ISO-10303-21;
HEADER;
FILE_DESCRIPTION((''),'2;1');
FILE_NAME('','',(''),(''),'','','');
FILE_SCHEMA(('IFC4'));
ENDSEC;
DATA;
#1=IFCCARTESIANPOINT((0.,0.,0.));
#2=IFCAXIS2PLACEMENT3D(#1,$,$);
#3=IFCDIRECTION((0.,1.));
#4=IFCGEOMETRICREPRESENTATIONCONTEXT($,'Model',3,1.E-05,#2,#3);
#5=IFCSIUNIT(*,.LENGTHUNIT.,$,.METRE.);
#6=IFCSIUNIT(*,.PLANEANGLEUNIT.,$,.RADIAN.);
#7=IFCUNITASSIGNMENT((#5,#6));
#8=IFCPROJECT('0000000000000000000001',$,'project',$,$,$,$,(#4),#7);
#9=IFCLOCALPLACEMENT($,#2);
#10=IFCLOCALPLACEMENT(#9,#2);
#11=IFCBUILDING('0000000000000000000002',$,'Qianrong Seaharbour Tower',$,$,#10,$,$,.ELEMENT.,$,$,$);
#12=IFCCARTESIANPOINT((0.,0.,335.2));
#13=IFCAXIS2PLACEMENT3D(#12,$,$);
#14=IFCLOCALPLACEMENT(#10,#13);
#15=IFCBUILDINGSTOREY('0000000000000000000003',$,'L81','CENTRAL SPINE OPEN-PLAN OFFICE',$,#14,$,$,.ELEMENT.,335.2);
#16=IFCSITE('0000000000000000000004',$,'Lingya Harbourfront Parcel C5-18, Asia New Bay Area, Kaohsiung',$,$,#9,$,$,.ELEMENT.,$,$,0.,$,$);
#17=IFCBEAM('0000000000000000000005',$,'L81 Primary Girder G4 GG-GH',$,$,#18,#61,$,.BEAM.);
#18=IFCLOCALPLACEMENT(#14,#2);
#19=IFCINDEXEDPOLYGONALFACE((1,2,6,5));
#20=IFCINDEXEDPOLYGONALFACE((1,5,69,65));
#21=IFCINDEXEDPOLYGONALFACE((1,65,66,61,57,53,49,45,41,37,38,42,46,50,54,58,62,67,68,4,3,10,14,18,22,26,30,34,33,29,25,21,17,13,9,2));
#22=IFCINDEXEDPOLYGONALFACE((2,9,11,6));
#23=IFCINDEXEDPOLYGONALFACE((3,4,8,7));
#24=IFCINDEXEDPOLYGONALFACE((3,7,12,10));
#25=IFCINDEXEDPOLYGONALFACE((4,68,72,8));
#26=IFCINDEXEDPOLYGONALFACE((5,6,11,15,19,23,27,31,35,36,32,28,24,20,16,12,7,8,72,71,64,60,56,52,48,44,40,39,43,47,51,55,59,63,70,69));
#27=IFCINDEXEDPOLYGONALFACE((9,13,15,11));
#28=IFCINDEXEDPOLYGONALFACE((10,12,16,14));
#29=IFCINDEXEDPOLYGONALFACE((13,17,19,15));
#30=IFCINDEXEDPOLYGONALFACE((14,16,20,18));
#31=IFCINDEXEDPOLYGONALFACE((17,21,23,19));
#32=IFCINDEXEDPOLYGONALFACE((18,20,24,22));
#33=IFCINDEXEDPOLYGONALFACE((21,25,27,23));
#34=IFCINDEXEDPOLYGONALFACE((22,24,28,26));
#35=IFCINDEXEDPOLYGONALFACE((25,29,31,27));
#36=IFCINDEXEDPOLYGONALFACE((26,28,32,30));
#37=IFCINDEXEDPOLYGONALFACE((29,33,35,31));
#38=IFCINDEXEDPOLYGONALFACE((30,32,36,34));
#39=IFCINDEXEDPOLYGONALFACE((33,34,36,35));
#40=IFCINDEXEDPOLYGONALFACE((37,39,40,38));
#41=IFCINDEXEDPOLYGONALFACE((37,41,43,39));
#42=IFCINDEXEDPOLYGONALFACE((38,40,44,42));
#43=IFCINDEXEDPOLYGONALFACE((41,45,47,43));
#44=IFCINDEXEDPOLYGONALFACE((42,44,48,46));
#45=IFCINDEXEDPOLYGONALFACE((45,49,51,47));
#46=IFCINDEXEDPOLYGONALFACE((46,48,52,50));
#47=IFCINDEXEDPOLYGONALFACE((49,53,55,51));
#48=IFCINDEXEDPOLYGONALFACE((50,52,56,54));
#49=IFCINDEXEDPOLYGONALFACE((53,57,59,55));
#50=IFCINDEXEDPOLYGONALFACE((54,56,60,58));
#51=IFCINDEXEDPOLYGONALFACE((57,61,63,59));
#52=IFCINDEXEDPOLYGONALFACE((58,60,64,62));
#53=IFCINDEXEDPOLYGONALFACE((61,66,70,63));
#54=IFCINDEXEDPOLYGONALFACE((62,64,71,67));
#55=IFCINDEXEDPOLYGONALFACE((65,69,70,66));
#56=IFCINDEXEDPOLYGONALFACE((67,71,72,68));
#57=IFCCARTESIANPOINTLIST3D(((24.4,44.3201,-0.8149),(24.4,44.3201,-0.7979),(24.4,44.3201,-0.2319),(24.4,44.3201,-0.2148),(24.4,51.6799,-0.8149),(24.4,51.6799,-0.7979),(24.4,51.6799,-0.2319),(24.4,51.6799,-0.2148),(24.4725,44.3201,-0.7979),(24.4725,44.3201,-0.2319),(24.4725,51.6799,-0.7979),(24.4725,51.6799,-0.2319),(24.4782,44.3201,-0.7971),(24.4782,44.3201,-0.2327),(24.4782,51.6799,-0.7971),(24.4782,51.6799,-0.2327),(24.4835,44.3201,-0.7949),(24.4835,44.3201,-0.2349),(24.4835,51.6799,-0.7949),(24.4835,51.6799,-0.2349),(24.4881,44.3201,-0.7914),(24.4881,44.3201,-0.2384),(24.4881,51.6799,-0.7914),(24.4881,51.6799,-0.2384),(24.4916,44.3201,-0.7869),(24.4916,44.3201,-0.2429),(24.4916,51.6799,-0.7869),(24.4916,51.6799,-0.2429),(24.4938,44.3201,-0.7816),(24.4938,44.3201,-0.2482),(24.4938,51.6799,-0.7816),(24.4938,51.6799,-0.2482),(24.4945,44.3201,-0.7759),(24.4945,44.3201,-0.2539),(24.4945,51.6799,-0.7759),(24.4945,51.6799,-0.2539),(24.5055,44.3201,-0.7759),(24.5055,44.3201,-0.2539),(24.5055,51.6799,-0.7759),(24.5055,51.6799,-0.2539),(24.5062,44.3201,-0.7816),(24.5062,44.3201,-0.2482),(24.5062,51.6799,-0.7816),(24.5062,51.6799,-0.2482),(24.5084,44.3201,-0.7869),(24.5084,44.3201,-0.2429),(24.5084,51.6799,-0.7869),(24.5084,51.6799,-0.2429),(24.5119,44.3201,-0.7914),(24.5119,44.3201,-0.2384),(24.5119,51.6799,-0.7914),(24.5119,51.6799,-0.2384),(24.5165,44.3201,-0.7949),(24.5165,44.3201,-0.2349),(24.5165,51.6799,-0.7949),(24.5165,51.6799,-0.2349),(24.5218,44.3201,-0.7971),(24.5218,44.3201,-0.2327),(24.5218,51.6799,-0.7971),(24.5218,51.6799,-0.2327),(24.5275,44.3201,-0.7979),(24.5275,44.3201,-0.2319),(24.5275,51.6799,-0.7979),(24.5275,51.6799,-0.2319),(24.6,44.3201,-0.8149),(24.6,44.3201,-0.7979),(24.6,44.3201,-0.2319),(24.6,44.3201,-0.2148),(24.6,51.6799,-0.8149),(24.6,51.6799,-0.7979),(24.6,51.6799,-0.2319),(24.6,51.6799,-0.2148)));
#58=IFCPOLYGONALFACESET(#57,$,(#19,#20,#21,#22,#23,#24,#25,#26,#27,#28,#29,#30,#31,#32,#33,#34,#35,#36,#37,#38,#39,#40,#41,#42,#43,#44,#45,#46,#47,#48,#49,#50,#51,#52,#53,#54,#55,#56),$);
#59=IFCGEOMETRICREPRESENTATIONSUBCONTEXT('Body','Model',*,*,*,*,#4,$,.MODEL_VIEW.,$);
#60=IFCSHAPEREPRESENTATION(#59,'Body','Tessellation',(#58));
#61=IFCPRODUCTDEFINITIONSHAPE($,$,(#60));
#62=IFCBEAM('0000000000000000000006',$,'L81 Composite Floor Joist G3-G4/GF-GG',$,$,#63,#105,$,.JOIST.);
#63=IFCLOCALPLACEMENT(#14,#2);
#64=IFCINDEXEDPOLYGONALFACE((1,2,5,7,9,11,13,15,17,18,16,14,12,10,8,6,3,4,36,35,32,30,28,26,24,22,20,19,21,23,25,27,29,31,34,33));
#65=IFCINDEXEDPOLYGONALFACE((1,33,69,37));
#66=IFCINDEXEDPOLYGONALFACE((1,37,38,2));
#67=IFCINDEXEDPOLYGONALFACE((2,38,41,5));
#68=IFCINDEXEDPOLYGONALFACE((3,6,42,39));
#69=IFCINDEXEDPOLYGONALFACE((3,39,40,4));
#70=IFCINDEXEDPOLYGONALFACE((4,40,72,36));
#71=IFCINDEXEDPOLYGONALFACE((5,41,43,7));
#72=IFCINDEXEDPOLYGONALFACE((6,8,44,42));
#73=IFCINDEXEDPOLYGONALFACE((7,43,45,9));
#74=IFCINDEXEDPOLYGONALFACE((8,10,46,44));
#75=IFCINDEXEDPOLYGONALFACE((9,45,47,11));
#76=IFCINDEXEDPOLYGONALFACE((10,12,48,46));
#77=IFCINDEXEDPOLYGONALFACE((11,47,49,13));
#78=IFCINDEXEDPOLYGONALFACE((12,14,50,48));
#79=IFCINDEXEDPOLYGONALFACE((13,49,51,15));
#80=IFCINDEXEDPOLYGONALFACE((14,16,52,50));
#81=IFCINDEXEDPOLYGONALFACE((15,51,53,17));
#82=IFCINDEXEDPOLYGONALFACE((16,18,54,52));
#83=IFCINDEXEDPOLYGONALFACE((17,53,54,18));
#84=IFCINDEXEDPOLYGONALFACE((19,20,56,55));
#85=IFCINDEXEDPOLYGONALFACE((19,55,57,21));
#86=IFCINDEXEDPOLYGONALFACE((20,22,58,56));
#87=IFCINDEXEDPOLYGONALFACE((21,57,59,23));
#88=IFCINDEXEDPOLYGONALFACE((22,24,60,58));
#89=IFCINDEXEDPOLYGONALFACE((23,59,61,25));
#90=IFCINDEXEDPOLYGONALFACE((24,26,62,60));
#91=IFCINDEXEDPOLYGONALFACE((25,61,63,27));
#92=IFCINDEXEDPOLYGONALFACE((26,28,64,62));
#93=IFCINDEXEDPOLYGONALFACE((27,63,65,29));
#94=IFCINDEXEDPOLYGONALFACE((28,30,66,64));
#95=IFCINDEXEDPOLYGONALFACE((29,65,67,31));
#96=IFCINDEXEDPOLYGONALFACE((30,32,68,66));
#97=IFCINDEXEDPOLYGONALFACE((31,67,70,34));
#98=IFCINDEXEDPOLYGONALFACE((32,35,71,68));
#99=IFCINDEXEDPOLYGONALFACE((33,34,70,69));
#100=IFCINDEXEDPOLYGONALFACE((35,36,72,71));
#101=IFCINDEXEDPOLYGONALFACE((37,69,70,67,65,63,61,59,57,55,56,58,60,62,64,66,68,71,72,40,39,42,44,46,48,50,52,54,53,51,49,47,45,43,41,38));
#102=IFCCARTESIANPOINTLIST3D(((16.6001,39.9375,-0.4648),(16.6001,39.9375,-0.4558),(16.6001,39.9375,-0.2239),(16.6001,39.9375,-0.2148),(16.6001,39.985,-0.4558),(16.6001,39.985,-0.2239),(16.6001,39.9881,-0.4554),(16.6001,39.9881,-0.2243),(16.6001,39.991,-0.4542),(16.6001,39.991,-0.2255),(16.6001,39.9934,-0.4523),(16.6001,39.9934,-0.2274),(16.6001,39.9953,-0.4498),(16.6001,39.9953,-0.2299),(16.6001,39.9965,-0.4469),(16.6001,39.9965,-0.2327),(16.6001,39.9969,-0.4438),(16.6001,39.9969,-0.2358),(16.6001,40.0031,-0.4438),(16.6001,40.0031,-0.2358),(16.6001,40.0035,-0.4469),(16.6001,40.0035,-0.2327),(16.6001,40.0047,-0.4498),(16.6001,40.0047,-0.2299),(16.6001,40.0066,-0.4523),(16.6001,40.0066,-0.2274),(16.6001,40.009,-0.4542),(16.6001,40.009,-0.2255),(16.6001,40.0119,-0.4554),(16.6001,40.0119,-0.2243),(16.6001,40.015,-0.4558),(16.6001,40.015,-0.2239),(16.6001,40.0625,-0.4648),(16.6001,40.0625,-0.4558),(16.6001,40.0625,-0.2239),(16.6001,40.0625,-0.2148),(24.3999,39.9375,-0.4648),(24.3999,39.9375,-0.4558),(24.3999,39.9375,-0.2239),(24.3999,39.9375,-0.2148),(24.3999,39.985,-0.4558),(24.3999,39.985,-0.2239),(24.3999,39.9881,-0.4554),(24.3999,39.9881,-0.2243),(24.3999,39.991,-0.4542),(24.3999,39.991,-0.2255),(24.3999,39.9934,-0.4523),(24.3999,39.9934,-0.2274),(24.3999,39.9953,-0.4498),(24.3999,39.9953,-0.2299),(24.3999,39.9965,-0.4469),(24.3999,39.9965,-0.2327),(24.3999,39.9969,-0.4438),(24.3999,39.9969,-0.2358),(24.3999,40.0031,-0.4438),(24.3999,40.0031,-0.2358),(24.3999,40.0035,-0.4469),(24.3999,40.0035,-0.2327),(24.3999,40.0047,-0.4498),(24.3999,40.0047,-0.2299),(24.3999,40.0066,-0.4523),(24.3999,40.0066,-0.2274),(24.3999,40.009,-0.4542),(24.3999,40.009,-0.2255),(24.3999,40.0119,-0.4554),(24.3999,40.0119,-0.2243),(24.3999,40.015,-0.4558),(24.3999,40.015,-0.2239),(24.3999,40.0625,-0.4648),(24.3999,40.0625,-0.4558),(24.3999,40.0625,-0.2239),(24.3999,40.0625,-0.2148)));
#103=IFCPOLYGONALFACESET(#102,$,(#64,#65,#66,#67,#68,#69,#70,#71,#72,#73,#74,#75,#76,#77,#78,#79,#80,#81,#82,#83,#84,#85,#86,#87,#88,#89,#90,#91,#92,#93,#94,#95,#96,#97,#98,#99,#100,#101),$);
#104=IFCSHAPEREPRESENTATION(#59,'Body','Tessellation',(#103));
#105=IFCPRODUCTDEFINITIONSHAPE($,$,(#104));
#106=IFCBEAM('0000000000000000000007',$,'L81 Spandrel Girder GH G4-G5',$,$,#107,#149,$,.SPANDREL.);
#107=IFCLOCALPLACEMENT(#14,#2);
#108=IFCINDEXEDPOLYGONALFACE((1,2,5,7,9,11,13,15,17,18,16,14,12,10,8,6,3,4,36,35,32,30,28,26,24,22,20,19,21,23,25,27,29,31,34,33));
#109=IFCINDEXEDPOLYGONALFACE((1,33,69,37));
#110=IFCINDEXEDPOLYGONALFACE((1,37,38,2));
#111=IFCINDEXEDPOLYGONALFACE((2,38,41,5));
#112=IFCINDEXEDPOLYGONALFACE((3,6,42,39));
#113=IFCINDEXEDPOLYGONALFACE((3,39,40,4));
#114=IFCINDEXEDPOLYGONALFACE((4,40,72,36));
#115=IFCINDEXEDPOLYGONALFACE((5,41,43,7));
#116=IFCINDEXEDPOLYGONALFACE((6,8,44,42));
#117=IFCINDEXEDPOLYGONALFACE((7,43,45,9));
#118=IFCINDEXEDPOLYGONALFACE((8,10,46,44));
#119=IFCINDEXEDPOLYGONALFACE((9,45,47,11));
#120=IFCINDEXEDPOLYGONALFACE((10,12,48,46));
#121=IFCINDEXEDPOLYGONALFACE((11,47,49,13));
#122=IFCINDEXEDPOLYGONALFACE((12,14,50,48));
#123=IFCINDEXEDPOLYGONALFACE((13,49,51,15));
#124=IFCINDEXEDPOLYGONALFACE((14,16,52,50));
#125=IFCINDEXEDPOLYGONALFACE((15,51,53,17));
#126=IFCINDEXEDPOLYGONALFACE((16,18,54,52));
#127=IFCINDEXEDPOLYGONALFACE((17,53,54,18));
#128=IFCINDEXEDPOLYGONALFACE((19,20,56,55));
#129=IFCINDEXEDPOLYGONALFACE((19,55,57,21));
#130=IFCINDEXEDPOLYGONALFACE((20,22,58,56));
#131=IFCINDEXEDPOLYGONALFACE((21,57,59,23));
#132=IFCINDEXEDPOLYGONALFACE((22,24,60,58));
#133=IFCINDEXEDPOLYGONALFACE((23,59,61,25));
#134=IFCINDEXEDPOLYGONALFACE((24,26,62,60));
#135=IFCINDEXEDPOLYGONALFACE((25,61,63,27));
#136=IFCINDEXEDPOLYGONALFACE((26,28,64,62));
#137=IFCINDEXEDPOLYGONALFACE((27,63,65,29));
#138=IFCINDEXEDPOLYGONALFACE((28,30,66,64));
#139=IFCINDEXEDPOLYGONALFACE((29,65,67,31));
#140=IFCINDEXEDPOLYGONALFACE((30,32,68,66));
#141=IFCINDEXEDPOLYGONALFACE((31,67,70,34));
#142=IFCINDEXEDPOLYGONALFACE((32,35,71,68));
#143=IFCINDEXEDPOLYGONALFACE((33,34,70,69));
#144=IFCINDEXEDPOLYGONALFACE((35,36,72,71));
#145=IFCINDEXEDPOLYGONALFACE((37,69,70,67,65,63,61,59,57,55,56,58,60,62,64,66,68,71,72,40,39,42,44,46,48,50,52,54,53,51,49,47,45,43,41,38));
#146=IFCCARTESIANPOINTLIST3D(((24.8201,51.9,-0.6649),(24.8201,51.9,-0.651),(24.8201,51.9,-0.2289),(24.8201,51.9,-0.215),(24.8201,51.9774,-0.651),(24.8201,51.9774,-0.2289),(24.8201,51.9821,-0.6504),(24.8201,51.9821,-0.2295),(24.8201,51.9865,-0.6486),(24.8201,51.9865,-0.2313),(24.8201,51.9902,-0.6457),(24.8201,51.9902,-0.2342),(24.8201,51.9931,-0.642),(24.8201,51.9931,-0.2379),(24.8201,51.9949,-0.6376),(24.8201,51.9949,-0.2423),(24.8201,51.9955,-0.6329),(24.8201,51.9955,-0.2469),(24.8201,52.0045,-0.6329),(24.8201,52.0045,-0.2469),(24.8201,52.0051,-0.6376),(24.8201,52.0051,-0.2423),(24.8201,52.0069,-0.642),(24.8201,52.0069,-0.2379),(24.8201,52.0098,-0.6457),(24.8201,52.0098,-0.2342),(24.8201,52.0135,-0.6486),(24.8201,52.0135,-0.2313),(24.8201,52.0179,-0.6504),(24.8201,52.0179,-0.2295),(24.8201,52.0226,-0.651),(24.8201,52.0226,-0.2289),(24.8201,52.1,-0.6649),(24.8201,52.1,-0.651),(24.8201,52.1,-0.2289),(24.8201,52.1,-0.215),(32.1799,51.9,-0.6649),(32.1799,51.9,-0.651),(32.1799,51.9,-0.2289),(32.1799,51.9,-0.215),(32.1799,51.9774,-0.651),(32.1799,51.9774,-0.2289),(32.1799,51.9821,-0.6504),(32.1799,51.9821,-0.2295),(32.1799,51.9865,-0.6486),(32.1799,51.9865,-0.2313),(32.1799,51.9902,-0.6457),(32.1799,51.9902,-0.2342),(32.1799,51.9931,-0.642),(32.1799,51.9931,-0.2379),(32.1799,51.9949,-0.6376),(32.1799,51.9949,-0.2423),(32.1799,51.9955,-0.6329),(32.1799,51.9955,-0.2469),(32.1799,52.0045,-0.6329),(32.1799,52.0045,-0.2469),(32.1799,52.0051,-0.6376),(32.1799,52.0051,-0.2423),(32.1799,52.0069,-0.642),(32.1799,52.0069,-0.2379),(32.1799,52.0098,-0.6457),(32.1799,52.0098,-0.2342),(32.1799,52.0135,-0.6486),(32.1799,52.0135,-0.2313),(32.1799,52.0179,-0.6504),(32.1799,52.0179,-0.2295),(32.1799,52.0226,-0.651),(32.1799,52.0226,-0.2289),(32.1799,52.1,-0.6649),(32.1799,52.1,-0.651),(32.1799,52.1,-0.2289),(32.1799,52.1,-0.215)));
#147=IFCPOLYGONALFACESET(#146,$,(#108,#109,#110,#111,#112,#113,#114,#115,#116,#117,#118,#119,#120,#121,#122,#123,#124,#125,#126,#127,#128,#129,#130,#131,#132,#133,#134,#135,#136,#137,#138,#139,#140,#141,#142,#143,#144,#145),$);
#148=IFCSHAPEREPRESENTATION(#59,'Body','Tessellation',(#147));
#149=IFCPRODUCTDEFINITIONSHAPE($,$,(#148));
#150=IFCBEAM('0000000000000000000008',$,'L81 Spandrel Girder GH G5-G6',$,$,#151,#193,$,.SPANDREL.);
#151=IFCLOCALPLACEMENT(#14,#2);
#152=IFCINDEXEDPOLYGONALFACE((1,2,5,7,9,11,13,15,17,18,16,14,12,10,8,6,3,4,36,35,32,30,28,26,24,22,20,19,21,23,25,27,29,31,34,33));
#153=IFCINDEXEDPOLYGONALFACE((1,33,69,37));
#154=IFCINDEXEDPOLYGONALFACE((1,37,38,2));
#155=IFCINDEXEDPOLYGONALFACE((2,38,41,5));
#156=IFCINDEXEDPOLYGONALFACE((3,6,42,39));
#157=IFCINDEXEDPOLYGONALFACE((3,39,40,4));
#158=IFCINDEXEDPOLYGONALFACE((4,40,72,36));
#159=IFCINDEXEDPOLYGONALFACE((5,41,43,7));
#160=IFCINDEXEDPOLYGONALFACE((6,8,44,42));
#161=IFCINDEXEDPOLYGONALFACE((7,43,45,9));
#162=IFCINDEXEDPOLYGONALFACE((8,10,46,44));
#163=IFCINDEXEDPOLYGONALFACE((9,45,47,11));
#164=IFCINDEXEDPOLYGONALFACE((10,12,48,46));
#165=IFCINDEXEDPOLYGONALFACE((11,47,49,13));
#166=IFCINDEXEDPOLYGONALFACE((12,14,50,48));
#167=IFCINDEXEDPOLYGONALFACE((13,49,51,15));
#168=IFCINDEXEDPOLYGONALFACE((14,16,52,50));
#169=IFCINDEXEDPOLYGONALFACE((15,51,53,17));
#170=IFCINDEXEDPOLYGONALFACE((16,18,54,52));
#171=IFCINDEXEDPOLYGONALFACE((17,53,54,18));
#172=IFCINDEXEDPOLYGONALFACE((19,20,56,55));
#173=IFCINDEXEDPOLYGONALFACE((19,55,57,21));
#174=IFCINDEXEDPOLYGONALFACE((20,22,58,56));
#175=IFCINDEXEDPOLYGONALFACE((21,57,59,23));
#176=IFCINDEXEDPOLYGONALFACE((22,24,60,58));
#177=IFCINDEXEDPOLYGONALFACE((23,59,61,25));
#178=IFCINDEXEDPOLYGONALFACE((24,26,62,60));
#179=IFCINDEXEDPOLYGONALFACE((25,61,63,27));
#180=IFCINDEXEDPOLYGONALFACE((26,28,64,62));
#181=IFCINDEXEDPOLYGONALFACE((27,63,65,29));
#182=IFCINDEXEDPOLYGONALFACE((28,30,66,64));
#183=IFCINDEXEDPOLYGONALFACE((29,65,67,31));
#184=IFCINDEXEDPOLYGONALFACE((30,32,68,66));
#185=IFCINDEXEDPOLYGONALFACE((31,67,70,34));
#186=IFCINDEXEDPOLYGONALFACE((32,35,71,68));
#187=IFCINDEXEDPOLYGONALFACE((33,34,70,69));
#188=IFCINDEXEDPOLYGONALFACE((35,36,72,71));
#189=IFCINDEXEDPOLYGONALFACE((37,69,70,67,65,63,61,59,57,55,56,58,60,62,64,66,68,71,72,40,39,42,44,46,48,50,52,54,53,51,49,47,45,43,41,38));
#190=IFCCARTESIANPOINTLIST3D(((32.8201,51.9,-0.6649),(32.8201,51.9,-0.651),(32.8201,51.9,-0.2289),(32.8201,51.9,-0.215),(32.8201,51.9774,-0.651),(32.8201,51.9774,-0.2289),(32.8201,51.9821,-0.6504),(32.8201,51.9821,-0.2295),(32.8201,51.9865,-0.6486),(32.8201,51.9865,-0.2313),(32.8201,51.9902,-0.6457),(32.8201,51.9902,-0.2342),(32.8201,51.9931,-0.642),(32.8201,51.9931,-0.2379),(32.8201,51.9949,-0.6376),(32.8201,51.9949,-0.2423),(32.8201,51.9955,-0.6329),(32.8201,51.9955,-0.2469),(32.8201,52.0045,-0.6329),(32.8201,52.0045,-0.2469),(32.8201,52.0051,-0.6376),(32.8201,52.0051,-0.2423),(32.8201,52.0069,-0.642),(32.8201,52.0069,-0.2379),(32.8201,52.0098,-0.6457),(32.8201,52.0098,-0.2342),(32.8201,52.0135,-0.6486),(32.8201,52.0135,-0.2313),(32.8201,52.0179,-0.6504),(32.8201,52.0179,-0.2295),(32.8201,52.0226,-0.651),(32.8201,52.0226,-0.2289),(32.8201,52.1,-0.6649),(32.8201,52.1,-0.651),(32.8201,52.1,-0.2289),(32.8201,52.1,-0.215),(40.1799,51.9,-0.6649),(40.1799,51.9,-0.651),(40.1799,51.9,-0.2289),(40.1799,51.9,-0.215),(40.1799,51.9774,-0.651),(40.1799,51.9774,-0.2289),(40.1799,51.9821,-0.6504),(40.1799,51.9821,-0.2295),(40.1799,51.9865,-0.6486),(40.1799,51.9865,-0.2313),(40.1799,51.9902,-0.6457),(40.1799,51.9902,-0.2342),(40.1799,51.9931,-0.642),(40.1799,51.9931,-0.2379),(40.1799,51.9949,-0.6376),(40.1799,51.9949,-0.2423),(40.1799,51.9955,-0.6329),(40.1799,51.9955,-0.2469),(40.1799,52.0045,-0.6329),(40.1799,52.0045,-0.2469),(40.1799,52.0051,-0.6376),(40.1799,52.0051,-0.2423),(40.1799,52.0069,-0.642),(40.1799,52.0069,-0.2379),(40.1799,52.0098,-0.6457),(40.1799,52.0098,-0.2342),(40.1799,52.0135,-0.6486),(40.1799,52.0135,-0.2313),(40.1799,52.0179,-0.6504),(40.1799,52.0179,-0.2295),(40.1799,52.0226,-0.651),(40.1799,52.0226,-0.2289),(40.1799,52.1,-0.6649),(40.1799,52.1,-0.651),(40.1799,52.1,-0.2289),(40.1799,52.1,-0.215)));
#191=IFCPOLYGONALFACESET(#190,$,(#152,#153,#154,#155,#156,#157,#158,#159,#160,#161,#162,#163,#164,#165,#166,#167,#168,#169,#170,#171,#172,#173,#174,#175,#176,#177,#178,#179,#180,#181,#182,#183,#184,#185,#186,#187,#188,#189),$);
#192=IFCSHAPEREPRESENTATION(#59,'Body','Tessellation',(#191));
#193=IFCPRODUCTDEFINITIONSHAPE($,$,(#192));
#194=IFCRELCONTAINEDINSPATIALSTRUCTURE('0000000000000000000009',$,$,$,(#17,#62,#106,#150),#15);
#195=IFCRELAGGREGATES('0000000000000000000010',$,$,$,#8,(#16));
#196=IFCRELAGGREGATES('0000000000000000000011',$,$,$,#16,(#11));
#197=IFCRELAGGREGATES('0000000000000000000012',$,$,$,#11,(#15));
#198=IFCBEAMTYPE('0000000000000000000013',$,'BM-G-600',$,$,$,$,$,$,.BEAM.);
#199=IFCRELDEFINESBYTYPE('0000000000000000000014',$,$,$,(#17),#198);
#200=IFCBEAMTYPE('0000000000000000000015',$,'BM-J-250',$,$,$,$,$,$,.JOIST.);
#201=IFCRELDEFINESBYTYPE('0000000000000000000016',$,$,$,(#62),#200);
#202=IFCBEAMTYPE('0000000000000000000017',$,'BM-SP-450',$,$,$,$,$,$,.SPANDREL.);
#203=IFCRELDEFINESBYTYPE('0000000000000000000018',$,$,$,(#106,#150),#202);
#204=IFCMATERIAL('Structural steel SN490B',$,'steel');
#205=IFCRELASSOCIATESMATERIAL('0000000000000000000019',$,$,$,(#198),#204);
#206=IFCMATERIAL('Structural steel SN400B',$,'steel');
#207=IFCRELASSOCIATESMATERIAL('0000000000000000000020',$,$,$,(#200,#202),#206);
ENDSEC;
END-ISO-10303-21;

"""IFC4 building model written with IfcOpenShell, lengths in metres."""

from ifc_helpers import new_model, si_unit, direction, frame, origin, origin_2d, place, context, subcontext, project, spatial, i_section, extrude, material, material_profile, profile_set, type_object, element, save


model = new_model("IFC4")

# Units and contexts
model_context = context("Model", 3, precision=1e-05, world=origin(), true_north=direction((0.0, 1.0)))
body_context = subcontext(model_context, "Body", "Model", "MODEL_VIEW")
ifc_project = project(units=[si_unit("LENGTHUNIT", "METRE"), si_unit("PLANEANGLEUNIT", "RADIAN")], contexts=[model_context])

# Site, building, storey
site_placement = place(None, origin())
site = spatial("IfcSite", under=ifc_project, at=site_placement, Name="Lingya Harbourfront Parcel C5-18, Asia New Bay Area, Kaohsiung", CompositionType="ELEMENT", RefElevation=0.0)
building_placement = place(site_placement, origin())
building = spatial("IfcBuilding", under=site, at=building_placement, Name="Qianrong Seaharbour Tower", CompositionType="ELEMENT")
storey_placement = place(building_placement, frame((0.0, 0.0, 335.2)))
storey = spatial("IfcBuildingStorey", under=building, at=storey_placement, Name="L81", Description="CENTRAL SPINE OPEN-PLAN OFFICE", CompositionType="ELEMENT", Elevation=335.2)

# Shared definitions
ifc_material_1 = material(Name="Structural steel SN490B", Category="steel")
ifc_material_2 = material(Name="Structural steel SN400B", Category="steel")

# Beams
ifc_material_profile_1 = material_profile(ifc_material_1, i_section(OverallWidth=0.2, OverallDepth=0.6001, WebThickness=0.011, FlangeThickness=0.0171, FilletRadius=0.022, at=origin_2d()), Name="H600x200x11x17")
ifc_profile_set_1 = profile_set([ifc_material_profile_1], Name="Structural steel SN490B")
beam_type_1 = type_object("IfcBeamType", Name="BM-G-600", PredefinedType="BEAM", material=ifc_profile_set_1)
for number, where, z_axis, x_axis, name in (
    (1, (24.5, 44.3201, -0.5149), (0.0, 1.0, 0.0), (-1.0, 0.0, 0.0), "L81 Primary Girder G4 GG-GH"),
):
    element("IfcBeam", number, at=place(storey_placement, frame(where, z_axis=z_axis, x_axis=x_axis)), inside=storey, type_object=beam_type_1, Name=name, PredefinedType="BEAM", context=body_context, shape_type="SweptSolid", body=[
        extrude(i_section(OverallWidth=0.2, OverallDepth=0.6001, WebThickness=0.011, FlangeThickness=0.0171, FilletRadius=0.022, at=origin_2d()), origin(), (0.0, 0.0, 1.0), 7.3599),
    ])
ifc_material_profile_2 = material_profile(ifc_material_2, i_section(OverallWidth=0.125, OverallDepth=0.25, WebThickness=0.0061, FlangeThickness=0.009, FilletRadius=0.012, at=origin_2d()), Name="H250x125x6x9")
ifc_profile_set_2 = profile_set([ifc_material_profile_2], Name="Structural steel SN400B")
beam_type_2 = type_object("IfcBeamType", Name="BM-J-250", PredefinedType="JOIST", material=ifc_profile_set_2)
beam_1_placement = place(storey_placement, frame((16.6001, 40.0, -0.3398), z_axis=(1.0, 0.0, 0.0), x_axis=(0.0, 1.0, 0.0)))
element("IfcBeam", 2, at=beam_1_placement, inside=storey, type_object=beam_type_2, Name="L81 Composite Floor Joist G3-G4/GF-GG", PredefinedType="JOIST", context=body_context, shape_type="SweptSolid", body=[
    extrude(i_section(OverallWidth=0.125, OverallDepth=0.25, WebThickness=0.0061, FlangeThickness=0.009, FilletRadius=0.012, at=origin_2d()), origin(), (0.0, 0.0, 1.0), 7.7998),
])
ifc_material_profile_3 = material_profile(ifc_material_2, i_section(OverallWidth=0.2, OverallDepth=0.45, WebThickness=0.009, FlangeThickness=0.0139, FilletRadius=0.0181, at=origin_2d()), Name="H450x200x9x14")
ifc_profile_set_3 = profile_set([ifc_material_profile_3], Name="Structural steel SN400B")
beam_type_3 = type_object("IfcBeamType", Name="BM-SP-450", PredefinedType="SPANDREL", material=ifc_profile_set_3)
for number, where, z_axis, x_axis, name in (
    (3, (24.8201, 52.0, -0.4399), (1.0, 0.0, 0.0), (0.0, 1.0, 0.0), "L81 Spandrel Girder GH G4-G5"),
    (4, (32.8201, 52.0, -0.4399), (1.0, 0.0, 0.0), (0.0, 1.0, 0.0), "L81 Spandrel Girder GH G5-G6"),
):
    element("IfcBeam", number, at=place(storey_placement, frame(where, z_axis=z_axis, x_axis=x_axis)), inside=storey, type_object=beam_type_3, Name=name, PredefinedType="SPANDREL", context=body_context, shape_type="SweptSolid", body=[
        extrude(i_section(OverallWidth=0.2, OverallDepth=0.45, WebThickness=0.009, FlangeThickness=0.0139, FilletRadius=0.0181, at=origin_2d()), origin(), (0.0, 0.0, 1.0), 7.3599),
    ])

save(model, "model.ifc")
